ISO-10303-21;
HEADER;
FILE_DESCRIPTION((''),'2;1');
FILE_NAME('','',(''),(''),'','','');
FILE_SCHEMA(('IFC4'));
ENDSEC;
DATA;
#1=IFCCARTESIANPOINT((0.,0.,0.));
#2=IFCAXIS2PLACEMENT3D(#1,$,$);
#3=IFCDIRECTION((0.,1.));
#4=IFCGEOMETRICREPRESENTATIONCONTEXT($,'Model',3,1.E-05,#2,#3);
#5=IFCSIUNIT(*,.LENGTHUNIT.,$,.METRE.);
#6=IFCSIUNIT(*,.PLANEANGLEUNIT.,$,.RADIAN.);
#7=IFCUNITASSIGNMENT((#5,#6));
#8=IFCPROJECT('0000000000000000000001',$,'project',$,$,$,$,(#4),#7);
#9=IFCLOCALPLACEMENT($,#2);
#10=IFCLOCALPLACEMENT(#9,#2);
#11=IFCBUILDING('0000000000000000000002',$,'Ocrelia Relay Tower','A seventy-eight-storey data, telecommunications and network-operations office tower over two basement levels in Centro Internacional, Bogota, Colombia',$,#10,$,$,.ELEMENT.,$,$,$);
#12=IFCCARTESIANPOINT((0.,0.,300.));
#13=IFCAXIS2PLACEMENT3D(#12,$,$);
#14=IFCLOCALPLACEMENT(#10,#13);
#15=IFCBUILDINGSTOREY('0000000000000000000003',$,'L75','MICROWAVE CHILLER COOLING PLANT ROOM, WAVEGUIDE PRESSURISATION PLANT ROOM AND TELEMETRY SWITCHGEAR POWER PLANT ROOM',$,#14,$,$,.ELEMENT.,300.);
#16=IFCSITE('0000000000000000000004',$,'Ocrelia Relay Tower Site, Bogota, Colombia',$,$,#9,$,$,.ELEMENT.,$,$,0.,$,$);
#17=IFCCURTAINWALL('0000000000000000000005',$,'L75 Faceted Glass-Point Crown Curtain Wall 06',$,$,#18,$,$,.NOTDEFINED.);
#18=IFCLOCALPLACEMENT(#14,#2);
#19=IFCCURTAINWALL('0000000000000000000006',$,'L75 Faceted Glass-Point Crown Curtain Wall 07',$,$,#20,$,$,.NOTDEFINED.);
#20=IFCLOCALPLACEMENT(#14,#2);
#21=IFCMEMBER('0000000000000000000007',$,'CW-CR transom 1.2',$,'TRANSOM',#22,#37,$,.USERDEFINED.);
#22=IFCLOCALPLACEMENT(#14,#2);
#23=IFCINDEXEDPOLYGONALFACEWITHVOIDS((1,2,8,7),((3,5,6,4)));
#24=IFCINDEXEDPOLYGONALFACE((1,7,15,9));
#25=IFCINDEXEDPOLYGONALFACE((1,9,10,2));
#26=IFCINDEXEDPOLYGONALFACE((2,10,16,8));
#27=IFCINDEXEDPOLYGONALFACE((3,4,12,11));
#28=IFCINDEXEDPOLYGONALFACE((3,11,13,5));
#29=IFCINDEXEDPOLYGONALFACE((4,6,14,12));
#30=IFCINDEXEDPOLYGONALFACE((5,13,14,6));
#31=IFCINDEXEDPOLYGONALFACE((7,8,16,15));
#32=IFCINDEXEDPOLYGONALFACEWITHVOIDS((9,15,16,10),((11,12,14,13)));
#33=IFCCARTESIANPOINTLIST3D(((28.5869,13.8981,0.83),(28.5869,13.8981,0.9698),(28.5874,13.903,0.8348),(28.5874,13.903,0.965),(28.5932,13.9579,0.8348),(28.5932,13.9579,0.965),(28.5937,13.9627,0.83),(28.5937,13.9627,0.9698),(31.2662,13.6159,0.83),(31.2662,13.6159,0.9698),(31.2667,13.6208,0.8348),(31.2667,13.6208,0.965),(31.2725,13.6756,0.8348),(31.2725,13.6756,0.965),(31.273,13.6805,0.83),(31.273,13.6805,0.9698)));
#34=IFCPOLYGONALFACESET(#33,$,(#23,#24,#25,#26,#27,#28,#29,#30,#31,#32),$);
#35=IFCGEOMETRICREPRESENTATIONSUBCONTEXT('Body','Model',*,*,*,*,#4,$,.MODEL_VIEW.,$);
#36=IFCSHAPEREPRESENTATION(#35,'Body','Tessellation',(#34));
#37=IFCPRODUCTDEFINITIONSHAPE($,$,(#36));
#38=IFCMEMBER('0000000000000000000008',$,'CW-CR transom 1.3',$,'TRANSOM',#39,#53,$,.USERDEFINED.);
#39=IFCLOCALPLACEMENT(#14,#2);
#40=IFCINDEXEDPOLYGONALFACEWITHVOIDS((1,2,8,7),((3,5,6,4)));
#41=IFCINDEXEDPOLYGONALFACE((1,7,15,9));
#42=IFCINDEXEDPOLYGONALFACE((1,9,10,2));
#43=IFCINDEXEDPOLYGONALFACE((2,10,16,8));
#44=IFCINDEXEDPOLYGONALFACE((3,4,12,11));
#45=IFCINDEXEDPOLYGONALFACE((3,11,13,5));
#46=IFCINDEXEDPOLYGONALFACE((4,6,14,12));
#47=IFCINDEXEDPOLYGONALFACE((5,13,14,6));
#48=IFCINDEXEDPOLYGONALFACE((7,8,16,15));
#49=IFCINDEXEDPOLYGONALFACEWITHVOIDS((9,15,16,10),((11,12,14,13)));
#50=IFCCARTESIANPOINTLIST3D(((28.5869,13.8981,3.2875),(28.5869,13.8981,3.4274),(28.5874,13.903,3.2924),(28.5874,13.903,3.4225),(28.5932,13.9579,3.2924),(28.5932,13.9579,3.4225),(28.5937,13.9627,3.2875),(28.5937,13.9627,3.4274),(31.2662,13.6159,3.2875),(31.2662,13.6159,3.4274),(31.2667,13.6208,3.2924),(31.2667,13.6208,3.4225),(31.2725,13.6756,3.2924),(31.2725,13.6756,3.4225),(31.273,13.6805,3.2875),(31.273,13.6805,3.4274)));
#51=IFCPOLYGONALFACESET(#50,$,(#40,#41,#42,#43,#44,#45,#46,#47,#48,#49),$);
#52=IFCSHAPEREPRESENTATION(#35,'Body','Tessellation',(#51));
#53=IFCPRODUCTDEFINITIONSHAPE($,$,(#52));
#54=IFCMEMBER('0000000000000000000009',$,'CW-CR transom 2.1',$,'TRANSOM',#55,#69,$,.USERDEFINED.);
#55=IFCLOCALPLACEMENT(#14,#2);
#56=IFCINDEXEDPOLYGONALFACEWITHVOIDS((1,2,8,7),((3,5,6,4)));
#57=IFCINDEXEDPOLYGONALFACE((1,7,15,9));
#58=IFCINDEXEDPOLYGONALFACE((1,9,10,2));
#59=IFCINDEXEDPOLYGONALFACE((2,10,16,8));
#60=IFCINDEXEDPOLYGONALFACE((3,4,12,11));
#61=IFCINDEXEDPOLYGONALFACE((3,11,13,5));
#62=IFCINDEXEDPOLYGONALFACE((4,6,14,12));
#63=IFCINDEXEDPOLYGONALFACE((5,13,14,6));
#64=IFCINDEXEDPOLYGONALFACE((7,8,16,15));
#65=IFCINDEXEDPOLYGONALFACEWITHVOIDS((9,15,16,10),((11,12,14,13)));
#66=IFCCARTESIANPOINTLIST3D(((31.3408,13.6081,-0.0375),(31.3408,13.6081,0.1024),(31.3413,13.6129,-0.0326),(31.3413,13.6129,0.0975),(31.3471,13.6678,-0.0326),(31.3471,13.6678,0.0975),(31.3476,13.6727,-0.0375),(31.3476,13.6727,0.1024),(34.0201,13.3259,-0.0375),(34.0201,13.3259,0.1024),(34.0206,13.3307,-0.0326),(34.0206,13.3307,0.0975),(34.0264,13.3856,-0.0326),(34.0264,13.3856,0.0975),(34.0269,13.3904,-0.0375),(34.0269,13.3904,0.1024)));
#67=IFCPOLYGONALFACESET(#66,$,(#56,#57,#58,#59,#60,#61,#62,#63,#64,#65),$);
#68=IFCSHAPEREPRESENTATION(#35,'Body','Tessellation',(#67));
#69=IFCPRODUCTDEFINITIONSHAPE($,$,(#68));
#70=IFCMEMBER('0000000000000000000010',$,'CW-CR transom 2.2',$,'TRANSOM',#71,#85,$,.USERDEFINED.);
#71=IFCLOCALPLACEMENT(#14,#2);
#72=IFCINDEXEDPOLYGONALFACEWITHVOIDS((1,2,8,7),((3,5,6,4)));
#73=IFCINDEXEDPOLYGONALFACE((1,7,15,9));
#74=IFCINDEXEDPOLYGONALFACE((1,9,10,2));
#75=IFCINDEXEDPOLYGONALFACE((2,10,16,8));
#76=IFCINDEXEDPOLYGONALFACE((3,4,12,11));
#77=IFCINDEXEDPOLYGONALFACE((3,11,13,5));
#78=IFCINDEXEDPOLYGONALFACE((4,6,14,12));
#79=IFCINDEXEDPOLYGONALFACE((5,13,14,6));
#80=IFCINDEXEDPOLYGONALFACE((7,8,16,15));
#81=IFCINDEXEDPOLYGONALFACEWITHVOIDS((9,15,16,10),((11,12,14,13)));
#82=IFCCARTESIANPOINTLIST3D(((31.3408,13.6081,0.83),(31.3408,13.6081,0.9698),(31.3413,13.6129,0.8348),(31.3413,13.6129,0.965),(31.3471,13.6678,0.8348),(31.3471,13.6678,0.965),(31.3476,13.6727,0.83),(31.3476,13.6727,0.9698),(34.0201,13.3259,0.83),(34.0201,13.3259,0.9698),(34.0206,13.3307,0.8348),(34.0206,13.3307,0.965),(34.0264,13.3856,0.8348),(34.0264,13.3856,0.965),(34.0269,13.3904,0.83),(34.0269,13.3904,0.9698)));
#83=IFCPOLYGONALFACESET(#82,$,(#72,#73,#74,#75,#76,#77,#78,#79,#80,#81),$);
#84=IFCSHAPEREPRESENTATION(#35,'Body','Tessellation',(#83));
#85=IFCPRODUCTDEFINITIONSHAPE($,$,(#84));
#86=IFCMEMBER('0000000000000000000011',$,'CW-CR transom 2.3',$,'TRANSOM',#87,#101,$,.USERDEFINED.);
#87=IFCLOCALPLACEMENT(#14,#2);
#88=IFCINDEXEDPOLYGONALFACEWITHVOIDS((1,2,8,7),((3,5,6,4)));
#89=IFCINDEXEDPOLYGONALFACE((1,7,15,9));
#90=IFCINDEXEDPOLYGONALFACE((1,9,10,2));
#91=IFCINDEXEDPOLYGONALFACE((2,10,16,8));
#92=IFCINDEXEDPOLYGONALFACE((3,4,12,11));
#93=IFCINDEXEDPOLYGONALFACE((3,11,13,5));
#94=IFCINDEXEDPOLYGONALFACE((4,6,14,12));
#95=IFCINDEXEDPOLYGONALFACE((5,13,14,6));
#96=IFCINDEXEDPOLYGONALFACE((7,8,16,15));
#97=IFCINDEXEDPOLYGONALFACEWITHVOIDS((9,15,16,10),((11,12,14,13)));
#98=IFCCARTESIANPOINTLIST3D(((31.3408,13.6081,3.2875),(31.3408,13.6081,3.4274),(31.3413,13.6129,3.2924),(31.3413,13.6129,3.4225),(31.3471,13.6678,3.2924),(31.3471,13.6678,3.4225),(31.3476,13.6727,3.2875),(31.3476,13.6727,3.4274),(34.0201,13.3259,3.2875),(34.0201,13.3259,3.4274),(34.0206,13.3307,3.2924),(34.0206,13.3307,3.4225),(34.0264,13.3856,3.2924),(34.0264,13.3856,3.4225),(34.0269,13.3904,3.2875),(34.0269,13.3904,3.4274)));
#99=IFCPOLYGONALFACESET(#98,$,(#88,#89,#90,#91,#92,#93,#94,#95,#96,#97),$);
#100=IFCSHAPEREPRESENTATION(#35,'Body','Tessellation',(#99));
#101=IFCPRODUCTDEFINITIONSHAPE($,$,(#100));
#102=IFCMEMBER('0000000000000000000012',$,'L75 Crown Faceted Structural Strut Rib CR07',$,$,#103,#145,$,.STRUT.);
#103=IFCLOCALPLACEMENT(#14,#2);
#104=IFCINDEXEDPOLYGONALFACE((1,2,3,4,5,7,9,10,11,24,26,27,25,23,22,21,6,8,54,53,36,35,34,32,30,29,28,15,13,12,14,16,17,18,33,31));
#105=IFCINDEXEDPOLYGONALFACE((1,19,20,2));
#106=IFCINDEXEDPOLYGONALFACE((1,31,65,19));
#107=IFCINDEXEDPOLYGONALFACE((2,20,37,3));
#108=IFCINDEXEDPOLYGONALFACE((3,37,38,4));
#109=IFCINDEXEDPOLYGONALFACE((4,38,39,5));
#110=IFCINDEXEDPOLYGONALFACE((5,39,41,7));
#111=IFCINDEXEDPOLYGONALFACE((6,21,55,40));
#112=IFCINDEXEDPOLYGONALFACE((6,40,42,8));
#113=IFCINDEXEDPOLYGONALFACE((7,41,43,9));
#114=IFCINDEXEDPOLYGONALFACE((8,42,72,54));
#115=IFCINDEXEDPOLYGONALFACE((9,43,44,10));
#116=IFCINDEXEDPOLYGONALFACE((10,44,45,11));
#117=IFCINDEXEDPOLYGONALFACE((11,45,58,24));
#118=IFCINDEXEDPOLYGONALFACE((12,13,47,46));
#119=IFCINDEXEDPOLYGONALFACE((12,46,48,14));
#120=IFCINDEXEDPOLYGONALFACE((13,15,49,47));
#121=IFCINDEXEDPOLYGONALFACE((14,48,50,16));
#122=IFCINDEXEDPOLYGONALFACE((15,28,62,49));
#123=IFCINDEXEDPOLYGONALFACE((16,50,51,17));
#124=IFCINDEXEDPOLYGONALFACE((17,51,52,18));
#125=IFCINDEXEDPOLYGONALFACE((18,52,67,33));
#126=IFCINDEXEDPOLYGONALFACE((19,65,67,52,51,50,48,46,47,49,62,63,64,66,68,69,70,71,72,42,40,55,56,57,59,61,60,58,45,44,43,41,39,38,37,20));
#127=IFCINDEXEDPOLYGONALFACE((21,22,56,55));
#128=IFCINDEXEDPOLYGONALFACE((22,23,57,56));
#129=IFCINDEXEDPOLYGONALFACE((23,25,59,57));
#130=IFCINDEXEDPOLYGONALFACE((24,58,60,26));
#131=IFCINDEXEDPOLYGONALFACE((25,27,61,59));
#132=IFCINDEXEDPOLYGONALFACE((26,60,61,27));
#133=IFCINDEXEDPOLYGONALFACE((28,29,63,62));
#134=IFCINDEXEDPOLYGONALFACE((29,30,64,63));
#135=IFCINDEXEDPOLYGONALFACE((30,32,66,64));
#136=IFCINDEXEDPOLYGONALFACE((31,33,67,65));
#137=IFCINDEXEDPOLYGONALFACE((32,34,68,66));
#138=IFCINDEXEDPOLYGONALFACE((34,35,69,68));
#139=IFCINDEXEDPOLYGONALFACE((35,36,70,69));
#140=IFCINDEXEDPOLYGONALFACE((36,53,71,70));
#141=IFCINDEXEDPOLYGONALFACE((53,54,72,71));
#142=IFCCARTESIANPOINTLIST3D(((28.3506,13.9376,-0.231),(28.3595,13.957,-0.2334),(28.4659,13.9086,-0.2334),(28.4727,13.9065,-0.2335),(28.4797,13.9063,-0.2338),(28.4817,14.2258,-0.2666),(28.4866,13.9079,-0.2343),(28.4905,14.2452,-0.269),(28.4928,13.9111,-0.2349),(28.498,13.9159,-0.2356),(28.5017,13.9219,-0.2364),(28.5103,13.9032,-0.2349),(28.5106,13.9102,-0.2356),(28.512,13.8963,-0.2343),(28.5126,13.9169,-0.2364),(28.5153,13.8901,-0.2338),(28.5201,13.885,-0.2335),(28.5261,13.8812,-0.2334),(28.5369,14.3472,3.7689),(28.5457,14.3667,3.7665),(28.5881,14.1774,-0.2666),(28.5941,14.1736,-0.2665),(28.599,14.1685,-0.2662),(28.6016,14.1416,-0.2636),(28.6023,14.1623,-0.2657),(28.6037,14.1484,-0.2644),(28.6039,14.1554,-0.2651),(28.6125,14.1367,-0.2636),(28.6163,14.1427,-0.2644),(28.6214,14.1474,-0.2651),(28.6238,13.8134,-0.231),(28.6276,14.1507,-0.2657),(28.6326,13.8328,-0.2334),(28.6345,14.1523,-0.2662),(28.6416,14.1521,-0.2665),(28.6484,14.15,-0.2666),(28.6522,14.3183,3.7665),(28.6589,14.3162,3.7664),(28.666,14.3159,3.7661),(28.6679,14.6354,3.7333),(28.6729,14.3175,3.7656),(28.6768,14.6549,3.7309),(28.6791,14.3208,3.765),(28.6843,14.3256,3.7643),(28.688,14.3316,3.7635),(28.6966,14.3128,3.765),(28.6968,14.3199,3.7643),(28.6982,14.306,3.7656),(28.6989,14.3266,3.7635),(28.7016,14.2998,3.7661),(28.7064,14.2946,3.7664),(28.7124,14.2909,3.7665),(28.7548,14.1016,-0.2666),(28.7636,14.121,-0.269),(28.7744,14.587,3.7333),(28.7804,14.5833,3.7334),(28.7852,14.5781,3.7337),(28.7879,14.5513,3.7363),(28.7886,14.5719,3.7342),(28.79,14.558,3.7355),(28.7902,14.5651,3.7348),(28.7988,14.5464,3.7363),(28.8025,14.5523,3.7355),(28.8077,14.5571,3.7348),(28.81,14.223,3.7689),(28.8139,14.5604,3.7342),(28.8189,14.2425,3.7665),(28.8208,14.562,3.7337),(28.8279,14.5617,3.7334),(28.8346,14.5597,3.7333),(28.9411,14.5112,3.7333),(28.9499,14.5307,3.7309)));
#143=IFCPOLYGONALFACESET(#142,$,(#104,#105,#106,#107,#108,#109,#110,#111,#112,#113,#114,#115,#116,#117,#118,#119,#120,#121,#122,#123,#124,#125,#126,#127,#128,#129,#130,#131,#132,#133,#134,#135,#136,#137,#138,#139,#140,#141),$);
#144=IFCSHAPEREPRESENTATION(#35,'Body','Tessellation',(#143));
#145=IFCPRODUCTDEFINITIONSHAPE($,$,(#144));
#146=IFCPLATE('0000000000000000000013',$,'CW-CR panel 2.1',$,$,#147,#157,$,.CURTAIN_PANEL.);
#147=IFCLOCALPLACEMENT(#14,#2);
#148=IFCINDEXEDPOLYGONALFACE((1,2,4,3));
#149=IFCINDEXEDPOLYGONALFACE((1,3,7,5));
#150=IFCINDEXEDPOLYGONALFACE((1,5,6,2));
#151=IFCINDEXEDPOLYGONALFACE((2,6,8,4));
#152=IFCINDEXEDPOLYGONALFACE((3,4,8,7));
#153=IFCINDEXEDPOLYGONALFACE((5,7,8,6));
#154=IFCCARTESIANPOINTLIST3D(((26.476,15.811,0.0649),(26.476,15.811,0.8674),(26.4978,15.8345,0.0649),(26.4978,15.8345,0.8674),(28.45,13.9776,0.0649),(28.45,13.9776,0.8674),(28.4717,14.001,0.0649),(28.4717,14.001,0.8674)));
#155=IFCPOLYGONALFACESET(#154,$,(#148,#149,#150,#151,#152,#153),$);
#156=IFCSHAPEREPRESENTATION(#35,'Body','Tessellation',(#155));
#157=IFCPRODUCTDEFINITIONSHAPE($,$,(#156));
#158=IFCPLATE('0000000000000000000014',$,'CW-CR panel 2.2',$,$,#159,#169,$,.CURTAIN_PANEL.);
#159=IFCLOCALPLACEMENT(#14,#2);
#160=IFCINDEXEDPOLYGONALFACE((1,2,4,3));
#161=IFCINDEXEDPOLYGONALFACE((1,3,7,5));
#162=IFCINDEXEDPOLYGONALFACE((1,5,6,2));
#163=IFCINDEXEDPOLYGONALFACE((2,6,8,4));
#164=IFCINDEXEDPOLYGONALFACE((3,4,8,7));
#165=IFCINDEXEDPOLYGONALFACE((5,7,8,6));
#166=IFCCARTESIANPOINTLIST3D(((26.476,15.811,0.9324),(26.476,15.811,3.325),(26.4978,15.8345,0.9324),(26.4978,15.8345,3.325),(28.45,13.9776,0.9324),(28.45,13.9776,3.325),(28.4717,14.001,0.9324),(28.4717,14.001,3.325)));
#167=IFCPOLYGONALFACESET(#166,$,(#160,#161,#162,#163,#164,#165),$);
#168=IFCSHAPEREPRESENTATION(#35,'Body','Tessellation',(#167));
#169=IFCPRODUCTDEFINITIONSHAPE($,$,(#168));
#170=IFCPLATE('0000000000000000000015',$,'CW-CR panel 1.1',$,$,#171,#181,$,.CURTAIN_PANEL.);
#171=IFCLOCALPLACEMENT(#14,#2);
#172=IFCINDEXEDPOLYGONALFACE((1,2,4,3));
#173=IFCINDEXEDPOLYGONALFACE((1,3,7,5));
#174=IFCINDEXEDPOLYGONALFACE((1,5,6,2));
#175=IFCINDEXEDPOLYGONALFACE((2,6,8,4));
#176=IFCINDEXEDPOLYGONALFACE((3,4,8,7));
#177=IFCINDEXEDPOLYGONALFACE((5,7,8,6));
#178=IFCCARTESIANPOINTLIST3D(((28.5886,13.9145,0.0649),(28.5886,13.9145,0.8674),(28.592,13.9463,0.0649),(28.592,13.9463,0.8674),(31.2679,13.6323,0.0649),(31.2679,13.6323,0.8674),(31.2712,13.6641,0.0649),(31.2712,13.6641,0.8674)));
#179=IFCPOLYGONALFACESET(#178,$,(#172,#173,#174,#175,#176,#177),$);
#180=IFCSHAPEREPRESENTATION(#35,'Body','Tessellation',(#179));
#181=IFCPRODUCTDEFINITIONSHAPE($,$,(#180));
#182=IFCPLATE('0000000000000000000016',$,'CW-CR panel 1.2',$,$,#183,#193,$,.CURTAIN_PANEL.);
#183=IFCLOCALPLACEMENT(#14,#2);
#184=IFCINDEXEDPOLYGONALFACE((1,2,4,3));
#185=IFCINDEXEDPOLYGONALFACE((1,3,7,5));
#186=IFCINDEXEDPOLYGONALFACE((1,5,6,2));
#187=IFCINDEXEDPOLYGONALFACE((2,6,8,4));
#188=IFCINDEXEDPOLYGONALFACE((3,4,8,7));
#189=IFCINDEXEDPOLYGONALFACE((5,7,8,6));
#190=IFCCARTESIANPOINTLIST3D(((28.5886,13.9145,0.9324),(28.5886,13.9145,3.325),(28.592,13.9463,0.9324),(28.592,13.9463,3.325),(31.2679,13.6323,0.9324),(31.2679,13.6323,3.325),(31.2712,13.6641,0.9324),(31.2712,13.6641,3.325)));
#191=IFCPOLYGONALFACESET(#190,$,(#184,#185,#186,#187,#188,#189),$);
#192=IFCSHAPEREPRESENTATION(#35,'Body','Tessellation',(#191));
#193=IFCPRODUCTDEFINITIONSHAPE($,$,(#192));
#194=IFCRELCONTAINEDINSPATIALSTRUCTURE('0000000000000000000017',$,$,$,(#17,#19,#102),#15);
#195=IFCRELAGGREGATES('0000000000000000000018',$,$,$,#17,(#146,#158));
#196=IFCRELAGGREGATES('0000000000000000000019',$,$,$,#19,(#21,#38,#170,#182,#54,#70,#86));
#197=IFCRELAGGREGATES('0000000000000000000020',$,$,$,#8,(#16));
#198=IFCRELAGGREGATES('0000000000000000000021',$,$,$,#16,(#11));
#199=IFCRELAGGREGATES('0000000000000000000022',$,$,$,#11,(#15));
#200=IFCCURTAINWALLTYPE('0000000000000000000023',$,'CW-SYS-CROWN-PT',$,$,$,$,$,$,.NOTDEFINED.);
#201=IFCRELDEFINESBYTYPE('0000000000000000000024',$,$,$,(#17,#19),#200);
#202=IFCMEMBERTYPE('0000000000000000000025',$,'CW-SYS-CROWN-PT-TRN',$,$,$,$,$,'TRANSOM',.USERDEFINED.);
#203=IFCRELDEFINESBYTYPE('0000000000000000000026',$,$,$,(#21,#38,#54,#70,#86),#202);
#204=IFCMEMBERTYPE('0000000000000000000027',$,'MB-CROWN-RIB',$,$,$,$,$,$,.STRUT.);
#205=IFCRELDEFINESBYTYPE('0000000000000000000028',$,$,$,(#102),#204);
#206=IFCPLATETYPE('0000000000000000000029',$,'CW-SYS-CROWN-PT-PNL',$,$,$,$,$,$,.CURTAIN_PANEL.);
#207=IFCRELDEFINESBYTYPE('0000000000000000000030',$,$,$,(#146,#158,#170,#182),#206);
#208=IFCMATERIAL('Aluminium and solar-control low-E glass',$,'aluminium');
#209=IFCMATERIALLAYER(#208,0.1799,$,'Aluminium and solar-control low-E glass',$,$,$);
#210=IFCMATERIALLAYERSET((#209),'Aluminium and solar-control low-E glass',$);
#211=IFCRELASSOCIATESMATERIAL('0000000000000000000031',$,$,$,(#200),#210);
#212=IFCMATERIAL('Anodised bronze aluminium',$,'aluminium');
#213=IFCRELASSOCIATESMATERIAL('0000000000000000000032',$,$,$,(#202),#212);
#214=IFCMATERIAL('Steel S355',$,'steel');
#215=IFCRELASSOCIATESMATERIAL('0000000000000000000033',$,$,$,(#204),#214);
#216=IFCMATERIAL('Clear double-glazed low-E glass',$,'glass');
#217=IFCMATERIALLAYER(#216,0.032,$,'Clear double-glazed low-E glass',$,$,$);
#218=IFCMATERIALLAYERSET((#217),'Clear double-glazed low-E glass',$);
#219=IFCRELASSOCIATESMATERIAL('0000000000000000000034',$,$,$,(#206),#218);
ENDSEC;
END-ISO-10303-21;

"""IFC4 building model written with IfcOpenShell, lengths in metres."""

from ifc_helpers import new_model, si_unit, direction, frame, origin, origin_2d, place, context, subcontext, project, spatial, rectangle, hollow_rectangle, i_section, extrude, material, layer, layer_set, material_profile, profile_set, type_object, element, aggregate, save


model = new_model("IFC4")

# Units and contexts
model_context = context("Model", 3, precision=1e-05, world=origin(), true_north=direction((0.0, 1.0)))
body_context = subcontext(model_context, "Body", "Model", "MODEL_VIEW")
ifc_project = project(units=[si_unit("LENGTHUNIT", "METRE"), si_unit("PLANEANGLEUNIT", "RADIAN")], contexts=[model_context])

# Site, building, storey
site_placement = place(None, origin())
site = spatial("IfcSite", under=ifc_project, at=site_placement, Name="Ocrelia Relay Tower Site, Bogota, Colombia", CompositionType="ELEMENT", RefElevation=0.0)
building_placement = place(site_placement, origin())
building = spatial("IfcBuilding", under=site, at=building_placement, Name="Ocrelia Relay Tower", Description="A seventy-eight-storey data, telecommunications and network-operations office tower over two basement levels in Centro Internacional, Bogota, Colombia", CompositionType="ELEMENT")
storey_placement = place(building_placement, frame((0.0, 0.0, 300.0)))
storey = spatial("IfcBuildingStorey", under=building, at=storey_placement, Name="L75", Description="MICROWAVE CHILLER COOLING PLANT ROOM, WAVEGUIDE PRESSURISATION PLANT ROOM AND TELEMETRY SWITCHGEAR POWER PLANT ROOM", CompositionType="ELEMENT", Elevation=300.0)

# Shared definitions
ifc_material_1 = material(Name="Steel S355", Category="steel")

# Curtain walls
ifc_material_2 = material(Name="Aluminium and solar-control low-E glass", Category="aluminium")
ifc_layer_1 = layer(ifc_material_2, 0.1799, Name="Aluminium and solar-control low-E glass")
ifc_layer_set_1 = layer_set([ifc_layer_1], Name="Aluminium and solar-control low-E glass")
curtain_wall_type = type_object("IfcCurtainWallType", Name="CW-SYS-CROWN-PT", PredefinedType="NOTDEFINED", material=ifc_layer_set_1)
curtain_wall_1_placement = place(storey_placement, origin())
curtain_wall_1 = element("IfcCurtainWall", 1, at=curtain_wall_1_placement, inside=storey, type_object=curtain_wall_type, Name="L75 Faceted Glass-Point Crown Curtain Wall 06", PredefinedType="NOTDEFINED")
ifc_material_3 = material(Name="Anodised bronze aluminium", Category="aluminium")
curtain_wall_2_placement = place(storey_placement, origin())
curtain_wall_2 = element("IfcCurtainWall", 2, at=curtain_wall_2_placement, inside=storey, type_object=curtain_wall_type, Name="L75 Faceted Glass-Point Crown Curtain Wall 07", PredefinedType="NOTDEFINED")

# Members
ifc_material_profile_1 = material_profile(ifc_material_3, hollow_rectangle(XDim=0.0649, YDim=0.1399, WallThickness=0.0049, at=origin_2d()), Name="CW-TRN-140x65")
ifc_profile_set_1 = profile_set([ifc_material_profile_1], Name="Anodised bronze aluminium")
member_type_1 = type_object("IfcMemberType", Name="CW-SYS-CROWN-PT-TRN", ElementType="TRANSOM", PredefinedType="USERDEFINED", material=ifc_profile_set_1)
member_1_placement = place(storey_placement, frame((28.5903, 13.9304, 0.8999), z_axis=(0.994498, -0.10476, 0.0), x_axis=(0.10476, 0.994498, 0.0)))
member_1 = element("IfcMember", 3, at=member_1_placement, type_object=member_type_1, Name="CW-CR transom 1.2", ObjectType="TRANSOM", PredefinedType="USERDEFINED", context=body_context, shape_type="SweptSolid", body=[
    extrude(hollow_rectangle(XDim=0.0649, YDim=0.1399, WallThickness=0.0049, at=origin_2d()), origin(), (0.0, 0.0, 1.0), 2.6941),
])
member_2_placement = place(storey_placement, frame((28.5903, 13.9304, 3.3574), z_axis=(0.994498, -0.10476, 0.0), x_axis=(0.10476, 0.994498, 0.0)))
member_2 = element("IfcMember", 4, at=member_2_placement, type_object=member_type_1, Name="CW-CR transom 1.3", ObjectType="TRANSOM", PredefinedType="USERDEFINED", context=body_context, shape_type="SweptSolid", body=[
    extrude(hollow_rectangle(XDim=0.0649, YDim=0.1399, WallThickness=0.0049, at=origin_2d()), origin(), (0.0, 0.0, 1.0), 2.6941),
])
member_3_placement = place(storey_placement, frame((31.3442, 13.6404, 0.0325), z_axis=(0.994498, -0.10476, 0.0), x_axis=(0.10476, 0.994498, 0.0)))
member_3 = element("IfcMember", 5, at=member_3_placement, type_object=member_type_1, Name="CW-CR transom 2.1", ObjectType="TRANSOM", PredefinedType="USERDEFINED", context=body_context, shape_type="SweptSolid", body=[
    extrude(hollow_rectangle(XDim=0.0649, YDim=0.1399, WallThickness=0.0049, at=origin_2d()), origin(), (0.0, 0.0, 1.0), 2.6941),
])
member_4_placement = place(storey_placement, frame((31.3442, 13.6404, 0.8999), z_axis=(0.994498, -0.10476, 0.0), x_axis=(0.10476, 0.994498, 0.0)))
member_4 = element("IfcMember", 6, at=member_4_placement, type_object=member_type_1, Name="CW-CR transom 2.2", ObjectType="TRANSOM", PredefinedType="USERDEFINED", context=body_context, shape_type="SweptSolid", body=[
    extrude(hollow_rectangle(XDim=0.0649, YDim=0.1399, WallThickness=0.0049, at=origin_2d()), origin(), (0.0, 0.0, 1.0), 2.6941),
])
member_5_placement = place(storey_placement, frame((31.3442, 13.6404, 3.3574), z_axis=(0.994498, -0.10476, 0.0), x_axis=(0.10476, 0.994498, 0.0)))
member_5 = element("IfcMember", 7, at=member_5_placement, type_object=member_type_1, Name="CW-CR transom 2.3", ObjectType="TRANSOM", PredefinedType="USERDEFINED", context=body_context, shape_type="SweptSolid", body=[
    extrude(hollow_rectangle(XDim=0.0649, YDim=0.1399, WallThickness=0.0049, at=origin_2d()), origin(), (0.0, 0.0, 1.0), 2.6941),
])
ifc_material_profile_2 = material_profile(ifc_material_1, i_section(OverallWidth=0.3, OverallDepth=0.3401, WebThickness=0.012, FlangeThickness=0.0215, FilletRadius=0.0271, at=origin_2d()), Name="HEB 340")
ifc_profile_set_2 = profile_set([ifc_material_profile_2], Name="Steel S355")
member_type_2 = type_object("IfcMemberType", Name="MB-CROWN-RIB", PredefinedType="STRUT", material=ifc_profile_set_2)
member_6_placement = place(storey_placement, frame((28.5571, 14.0293, -0.25), z_axis=(0.046278, 0.101775, 0.99373), x_axis=(-0.910311, 0.413926, 0.0)))
element("IfcMember", 8, at=member_6_placement, inside=storey, type_object=member_type_2, Name="L75 Crown Faceted Structural Strut Rib CR07", PredefinedType="STRUT", context=body_context, shape_type="SweptSolid", body=[
    extrude(i_section(OverallWidth=0.3, OverallDepth=0.3401, WebThickness=0.012, FlangeThickness=0.0215, FilletRadius=0.0271, at=origin_2d()), origin(), (0.0, 0.0, 1.0), 4.0251),
])

# Plates
ifc_material_4 = material(Name="Clear double-glazed low-E glass", Category="glass")
ifc_layer_2 = layer(ifc_material_4, 0.032, Name="Clear double-glazed low-E glass")
ifc_layer_set_2 = layer_set([ifc_layer_2], Name="Clear double-glazed low-E glass")
plate_type = type_object("IfcPlateType", Name="CW-SYS-CROWN-PT-PNL", PredefinedType="CURTAIN_PANEL", material=ifc_layer_set_2)
plate_1_placement = place(storey_placement, frame((27.4739, 14.906, 0.0649), z_axis=(0.0, 0.0, 1.0), x_axis=(0.732699, -0.680553, 0.0)))
plate_1 = element("IfcPlate", 9, at=plate_1_placement, type_object=plate_type, Name="CW-CR panel 2.1", PredefinedType="CURTAIN_PANEL", context=body_context, shape_type="SweptSolid", body=[
    extrude(rectangle(XDim=2.6941, YDim=0.032, at=origin_2d()), origin(), (0.0, 0.0, 1.0), 0.8025),
])
plate_2_placement = place(storey_placement, frame((27.4739, 14.906, 0.9324), z_axis=(0.0, 0.0, 1.0), x_axis=(0.732699, -0.680553, 0.0)))
plate_2 = element("IfcPlate", 10, at=plate_2_placement, type_object=plate_type, Name="CW-CR panel 2.2", PredefinedType="CURTAIN_PANEL", context=body_context, shape_type="SweptSolid", body=[
    extrude(rectangle(XDim=2.6941, YDim=0.032, at=origin_2d()), origin(), (0.0, 0.0, 1.0), 2.3926),
])
aggregate(curtain_wall_1, [plate_1, plate_2])
plate_3_placement = place(storey_placement, frame((29.9299, 13.7893, 0.0649), z_axis=(0.0, 0.0, 1.0), x_axis=(0.994498, -0.104755, 0.0)))
plate_3 = element("IfcPlate", 11, at=plate_3_placement, type_object=plate_type, Name="CW-CR panel 1.1", PredefinedType="CURTAIN_PANEL", context=body_context, shape_type="SweptSolid", body=[
    extrude(rectangle(XDim=2.6941, YDim=0.032, at=origin_2d()), origin(), (0.0, 0.0, 1.0), 0.8025),
])
plate_4_placement = place(storey_placement, frame((29.9299, 13.7893, 0.9324), z_axis=(0.0, 0.0, 1.0), x_axis=(0.994498, -0.104755, 0.0)))
plate_4 = element("IfcPlate", 12, at=plate_4_placement, type_object=plate_type, Name="CW-CR panel 1.2", PredefinedType="CURTAIN_PANEL", context=body_context, shape_type="SweptSolid", body=[
    extrude(rectangle(XDim=2.6941, YDim=0.032, at=origin_2d()), origin(), (0.0, 0.0, 1.0), 2.3926),
])
aggregate(curtain_wall_2, [member_1, member_2, plate_3, plate_4, member_3, member_4, member_5])

save(model, "model.ifc")
